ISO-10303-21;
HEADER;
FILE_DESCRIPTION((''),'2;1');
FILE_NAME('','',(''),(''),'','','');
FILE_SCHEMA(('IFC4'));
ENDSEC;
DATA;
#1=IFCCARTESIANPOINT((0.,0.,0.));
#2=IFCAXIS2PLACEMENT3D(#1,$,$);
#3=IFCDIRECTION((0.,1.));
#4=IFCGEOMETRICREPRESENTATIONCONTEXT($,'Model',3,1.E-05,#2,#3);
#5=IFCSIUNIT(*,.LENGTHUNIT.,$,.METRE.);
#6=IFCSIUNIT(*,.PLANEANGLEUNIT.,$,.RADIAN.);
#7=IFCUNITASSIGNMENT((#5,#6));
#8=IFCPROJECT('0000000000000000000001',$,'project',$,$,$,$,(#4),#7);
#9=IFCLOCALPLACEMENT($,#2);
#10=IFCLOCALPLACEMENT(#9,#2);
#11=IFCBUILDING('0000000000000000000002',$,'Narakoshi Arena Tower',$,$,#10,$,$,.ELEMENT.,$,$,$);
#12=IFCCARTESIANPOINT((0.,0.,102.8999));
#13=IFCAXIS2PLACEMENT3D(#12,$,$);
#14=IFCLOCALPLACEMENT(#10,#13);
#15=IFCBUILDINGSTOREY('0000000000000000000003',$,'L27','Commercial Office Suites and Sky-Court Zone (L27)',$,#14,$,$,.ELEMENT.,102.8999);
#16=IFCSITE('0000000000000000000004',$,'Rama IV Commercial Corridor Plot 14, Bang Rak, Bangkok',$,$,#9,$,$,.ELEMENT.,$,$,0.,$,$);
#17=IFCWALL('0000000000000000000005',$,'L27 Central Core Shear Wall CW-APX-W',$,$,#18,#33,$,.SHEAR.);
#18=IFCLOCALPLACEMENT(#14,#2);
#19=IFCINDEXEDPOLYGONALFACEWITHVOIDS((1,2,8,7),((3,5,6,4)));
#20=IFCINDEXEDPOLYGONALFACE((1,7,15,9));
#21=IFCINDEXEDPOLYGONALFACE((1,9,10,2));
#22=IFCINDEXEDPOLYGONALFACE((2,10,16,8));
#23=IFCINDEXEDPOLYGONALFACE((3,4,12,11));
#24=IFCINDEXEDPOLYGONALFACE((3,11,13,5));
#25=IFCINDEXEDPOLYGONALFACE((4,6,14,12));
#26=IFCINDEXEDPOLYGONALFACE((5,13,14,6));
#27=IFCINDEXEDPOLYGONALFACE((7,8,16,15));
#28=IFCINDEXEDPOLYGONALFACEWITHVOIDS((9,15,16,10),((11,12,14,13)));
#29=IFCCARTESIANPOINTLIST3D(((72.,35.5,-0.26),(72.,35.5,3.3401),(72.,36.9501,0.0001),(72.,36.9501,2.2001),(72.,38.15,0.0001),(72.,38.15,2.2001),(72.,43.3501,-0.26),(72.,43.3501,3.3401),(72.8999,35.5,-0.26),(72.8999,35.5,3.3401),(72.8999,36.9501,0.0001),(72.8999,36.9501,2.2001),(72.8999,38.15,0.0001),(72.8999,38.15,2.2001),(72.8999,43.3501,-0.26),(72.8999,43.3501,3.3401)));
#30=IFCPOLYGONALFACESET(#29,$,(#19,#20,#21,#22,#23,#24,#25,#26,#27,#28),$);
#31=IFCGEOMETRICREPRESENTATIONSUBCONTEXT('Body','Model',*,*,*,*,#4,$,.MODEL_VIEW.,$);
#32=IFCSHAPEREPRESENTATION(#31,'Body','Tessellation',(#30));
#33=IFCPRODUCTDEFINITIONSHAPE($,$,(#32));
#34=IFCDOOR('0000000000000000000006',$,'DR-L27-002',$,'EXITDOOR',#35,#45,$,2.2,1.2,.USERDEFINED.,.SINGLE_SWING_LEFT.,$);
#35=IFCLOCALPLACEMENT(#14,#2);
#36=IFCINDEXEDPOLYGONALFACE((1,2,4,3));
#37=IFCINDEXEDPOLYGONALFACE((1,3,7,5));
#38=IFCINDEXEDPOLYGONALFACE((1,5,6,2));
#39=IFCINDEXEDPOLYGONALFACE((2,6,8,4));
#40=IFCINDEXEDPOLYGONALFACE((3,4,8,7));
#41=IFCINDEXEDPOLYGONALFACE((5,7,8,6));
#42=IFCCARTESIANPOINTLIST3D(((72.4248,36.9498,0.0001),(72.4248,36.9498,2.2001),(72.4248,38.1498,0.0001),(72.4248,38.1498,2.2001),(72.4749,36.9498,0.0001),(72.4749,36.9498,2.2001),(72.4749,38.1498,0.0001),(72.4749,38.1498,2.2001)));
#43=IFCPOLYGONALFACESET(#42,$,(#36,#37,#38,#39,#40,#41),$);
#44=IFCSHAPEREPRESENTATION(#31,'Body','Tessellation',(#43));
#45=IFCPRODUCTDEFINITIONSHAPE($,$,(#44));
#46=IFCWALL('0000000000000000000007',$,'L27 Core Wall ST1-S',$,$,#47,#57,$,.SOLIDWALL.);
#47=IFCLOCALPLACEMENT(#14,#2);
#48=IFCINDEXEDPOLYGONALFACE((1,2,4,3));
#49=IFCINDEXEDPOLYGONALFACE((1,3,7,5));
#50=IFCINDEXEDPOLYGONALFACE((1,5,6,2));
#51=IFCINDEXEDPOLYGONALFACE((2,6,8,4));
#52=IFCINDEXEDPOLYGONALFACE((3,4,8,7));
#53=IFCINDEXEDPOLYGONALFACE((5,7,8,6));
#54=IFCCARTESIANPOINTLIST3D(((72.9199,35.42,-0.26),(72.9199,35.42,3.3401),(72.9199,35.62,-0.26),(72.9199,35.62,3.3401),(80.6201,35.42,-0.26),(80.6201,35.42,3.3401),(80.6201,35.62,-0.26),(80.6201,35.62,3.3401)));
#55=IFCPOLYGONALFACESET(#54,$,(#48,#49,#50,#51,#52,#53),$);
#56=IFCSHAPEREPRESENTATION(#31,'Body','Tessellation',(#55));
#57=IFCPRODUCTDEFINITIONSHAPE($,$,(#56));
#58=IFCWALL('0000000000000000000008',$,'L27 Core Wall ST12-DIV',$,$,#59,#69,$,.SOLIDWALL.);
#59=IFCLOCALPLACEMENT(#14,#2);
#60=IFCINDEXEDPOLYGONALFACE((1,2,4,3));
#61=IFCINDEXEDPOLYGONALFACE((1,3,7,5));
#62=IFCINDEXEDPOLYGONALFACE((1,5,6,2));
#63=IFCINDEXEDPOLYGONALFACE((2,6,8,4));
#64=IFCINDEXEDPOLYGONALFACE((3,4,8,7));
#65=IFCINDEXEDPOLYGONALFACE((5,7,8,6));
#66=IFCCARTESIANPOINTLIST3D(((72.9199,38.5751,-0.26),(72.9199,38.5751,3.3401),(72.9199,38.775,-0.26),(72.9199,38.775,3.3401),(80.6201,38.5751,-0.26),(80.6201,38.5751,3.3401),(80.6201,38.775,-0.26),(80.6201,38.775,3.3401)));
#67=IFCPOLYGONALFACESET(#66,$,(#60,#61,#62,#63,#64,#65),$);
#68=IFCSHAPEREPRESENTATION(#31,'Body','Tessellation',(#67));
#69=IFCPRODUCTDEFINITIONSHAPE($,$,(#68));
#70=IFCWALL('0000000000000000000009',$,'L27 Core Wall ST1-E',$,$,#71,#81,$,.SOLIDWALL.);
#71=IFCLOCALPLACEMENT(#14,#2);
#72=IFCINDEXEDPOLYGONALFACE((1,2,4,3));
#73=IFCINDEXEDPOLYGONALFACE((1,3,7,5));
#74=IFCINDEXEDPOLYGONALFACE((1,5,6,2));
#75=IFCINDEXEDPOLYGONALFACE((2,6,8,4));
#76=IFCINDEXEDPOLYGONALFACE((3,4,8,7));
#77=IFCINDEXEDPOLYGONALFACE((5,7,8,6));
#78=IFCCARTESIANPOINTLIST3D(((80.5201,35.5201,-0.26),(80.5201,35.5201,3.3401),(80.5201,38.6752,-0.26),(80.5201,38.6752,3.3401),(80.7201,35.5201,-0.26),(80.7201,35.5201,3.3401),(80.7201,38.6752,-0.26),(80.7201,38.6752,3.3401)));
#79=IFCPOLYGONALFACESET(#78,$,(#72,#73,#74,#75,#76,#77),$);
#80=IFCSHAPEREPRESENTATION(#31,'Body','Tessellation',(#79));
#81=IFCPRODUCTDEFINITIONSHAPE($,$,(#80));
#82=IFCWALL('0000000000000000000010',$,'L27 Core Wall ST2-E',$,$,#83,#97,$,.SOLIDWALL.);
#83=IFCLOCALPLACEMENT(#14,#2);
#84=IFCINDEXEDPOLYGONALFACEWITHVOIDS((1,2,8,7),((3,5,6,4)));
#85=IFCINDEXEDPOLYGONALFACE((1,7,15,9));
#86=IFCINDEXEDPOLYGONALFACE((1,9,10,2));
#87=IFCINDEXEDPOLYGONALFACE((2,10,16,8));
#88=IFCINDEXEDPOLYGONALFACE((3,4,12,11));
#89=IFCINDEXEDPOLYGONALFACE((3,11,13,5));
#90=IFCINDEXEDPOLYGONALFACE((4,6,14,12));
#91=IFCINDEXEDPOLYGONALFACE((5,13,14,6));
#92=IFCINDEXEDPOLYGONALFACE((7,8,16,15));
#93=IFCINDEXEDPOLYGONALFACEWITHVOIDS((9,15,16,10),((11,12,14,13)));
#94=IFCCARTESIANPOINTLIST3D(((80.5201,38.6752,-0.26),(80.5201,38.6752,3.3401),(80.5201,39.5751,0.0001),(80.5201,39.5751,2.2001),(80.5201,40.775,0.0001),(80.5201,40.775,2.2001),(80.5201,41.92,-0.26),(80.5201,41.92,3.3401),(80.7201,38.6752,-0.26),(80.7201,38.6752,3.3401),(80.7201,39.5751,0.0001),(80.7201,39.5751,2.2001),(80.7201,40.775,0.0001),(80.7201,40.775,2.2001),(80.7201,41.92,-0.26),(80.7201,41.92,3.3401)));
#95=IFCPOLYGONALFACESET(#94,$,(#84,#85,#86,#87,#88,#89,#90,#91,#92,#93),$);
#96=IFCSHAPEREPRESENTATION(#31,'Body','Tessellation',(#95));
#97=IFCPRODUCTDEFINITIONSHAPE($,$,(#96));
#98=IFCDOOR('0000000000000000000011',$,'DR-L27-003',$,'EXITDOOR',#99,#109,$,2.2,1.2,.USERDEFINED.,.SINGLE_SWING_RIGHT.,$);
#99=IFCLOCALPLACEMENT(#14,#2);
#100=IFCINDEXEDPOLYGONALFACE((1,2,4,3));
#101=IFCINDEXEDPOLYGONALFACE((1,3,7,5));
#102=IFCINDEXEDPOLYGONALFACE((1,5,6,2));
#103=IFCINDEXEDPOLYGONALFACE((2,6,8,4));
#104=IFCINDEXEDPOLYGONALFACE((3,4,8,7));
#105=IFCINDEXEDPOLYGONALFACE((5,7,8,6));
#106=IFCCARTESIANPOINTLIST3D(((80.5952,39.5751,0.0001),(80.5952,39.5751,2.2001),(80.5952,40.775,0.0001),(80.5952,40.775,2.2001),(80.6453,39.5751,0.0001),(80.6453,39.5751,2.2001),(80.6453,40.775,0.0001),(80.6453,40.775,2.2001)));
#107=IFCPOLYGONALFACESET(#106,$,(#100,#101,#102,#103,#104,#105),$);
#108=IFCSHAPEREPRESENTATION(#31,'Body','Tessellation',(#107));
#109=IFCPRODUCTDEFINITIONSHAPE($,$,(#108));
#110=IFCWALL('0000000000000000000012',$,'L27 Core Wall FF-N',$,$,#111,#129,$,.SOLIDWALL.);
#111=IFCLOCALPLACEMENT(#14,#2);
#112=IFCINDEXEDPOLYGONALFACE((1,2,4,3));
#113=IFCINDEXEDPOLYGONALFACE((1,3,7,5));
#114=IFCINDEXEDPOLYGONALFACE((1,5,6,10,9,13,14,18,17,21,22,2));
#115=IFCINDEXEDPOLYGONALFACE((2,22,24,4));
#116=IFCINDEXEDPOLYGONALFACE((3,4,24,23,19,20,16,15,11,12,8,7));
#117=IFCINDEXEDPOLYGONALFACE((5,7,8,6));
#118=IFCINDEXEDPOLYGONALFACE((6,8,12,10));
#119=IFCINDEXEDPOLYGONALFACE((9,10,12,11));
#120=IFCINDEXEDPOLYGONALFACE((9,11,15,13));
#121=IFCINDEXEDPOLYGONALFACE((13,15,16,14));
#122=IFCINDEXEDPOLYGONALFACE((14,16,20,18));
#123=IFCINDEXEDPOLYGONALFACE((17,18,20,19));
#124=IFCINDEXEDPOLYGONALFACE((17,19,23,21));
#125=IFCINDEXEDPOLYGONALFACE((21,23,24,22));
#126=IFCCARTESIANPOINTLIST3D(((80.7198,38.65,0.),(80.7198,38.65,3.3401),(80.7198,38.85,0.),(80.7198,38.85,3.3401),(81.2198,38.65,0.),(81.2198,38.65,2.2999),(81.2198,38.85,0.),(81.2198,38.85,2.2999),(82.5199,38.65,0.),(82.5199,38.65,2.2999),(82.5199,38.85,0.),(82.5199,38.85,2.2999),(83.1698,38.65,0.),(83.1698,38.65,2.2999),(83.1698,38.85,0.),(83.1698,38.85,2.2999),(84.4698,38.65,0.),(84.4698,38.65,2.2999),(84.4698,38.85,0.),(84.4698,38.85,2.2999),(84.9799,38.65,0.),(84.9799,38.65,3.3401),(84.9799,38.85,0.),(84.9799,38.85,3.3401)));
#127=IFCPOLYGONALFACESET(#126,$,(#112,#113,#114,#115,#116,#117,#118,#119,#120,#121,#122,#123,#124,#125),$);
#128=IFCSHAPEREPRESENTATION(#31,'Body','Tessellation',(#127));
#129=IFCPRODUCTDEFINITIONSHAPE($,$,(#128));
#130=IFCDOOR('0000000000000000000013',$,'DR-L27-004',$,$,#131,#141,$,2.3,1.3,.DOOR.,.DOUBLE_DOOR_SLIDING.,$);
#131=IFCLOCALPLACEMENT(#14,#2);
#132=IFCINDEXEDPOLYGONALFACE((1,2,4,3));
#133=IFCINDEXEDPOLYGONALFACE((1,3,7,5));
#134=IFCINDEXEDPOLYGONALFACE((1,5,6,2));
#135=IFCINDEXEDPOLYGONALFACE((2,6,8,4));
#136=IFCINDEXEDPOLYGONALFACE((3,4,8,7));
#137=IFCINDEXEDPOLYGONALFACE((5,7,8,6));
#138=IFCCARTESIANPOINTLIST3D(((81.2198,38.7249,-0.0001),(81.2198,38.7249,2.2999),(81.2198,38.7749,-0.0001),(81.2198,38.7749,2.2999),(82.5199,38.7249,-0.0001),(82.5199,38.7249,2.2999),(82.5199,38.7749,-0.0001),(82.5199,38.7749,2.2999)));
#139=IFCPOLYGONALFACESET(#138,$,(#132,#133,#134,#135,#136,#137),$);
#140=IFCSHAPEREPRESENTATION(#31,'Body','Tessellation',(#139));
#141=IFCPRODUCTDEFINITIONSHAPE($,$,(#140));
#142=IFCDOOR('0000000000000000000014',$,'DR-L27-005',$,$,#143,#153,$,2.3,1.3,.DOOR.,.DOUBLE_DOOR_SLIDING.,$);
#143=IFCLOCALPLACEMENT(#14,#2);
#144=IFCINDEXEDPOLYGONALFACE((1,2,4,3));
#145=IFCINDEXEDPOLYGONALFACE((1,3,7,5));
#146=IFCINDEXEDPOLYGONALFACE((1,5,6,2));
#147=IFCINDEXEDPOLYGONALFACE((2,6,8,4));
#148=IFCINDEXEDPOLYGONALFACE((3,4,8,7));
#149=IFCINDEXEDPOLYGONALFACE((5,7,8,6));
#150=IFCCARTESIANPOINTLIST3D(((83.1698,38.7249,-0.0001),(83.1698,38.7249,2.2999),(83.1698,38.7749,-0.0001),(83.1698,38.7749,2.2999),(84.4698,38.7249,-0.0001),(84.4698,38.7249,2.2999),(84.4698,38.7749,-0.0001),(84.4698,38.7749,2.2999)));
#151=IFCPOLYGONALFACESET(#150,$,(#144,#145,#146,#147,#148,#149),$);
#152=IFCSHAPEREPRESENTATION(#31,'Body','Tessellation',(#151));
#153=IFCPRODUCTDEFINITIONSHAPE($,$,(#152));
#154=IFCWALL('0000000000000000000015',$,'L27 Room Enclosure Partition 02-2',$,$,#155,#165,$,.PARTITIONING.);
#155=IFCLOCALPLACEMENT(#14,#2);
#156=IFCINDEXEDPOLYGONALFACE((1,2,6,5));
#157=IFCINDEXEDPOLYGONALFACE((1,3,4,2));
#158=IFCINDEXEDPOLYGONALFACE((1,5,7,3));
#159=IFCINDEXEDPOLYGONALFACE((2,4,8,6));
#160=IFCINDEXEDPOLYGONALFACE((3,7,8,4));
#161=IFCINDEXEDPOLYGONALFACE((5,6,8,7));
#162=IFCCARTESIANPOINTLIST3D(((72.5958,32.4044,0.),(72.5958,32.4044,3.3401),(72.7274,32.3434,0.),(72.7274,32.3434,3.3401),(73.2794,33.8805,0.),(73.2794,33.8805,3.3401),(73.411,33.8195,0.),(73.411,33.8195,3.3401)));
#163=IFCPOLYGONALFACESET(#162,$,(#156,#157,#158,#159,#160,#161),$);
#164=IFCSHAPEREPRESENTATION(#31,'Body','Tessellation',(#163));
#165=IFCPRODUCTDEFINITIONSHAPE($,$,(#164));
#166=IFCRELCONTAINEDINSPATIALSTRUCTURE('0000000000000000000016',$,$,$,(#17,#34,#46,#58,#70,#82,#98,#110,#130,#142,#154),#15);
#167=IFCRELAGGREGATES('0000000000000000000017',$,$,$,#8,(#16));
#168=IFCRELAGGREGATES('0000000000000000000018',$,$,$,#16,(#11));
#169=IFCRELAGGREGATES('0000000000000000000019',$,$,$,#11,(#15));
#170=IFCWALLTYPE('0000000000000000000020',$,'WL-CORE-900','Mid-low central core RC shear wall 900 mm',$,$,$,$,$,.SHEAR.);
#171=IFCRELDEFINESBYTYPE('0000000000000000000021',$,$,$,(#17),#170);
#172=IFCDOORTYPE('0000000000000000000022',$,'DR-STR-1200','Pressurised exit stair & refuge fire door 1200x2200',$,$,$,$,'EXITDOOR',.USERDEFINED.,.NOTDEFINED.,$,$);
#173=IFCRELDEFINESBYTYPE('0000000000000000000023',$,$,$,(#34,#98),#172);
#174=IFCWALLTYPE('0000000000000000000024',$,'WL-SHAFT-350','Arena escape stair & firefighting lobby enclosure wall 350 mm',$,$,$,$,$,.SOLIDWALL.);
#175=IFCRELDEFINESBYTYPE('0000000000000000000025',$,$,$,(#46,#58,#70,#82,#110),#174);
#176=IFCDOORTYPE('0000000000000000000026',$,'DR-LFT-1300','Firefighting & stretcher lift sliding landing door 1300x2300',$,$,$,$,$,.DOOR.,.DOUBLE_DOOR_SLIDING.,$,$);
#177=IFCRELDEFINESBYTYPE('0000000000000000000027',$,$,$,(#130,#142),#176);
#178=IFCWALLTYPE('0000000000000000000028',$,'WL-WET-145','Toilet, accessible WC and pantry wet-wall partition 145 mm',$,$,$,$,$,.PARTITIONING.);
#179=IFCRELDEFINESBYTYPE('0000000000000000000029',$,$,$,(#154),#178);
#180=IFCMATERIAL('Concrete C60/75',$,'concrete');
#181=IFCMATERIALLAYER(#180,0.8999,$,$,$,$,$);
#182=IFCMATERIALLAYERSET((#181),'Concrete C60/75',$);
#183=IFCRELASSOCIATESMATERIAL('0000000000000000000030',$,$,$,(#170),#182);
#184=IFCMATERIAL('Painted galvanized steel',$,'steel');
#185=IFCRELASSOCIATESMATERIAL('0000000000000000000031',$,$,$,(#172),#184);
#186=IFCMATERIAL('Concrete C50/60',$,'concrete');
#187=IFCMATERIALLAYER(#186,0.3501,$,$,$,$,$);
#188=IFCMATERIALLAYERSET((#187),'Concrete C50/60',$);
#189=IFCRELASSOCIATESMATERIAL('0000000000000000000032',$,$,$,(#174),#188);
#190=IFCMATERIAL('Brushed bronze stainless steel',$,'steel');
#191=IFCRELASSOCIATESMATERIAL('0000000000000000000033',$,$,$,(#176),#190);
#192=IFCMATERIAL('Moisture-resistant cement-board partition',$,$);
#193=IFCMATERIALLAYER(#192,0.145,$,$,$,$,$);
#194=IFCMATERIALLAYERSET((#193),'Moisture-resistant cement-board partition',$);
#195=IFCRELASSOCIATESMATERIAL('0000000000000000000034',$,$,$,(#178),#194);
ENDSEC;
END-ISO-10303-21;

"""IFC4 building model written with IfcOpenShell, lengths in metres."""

from ifc_helpers import new_model, si_unit, direction, frame, frame_2d, origin, place, context, subcontext, project, spatial, rectangle, extrude, material, layer, layer_set, type_object, element, fill, save


model = new_model("IFC4")

# Units and contexts
model_context = context("Model", 3, precision=1e-05, world=origin(), true_north=direction((0.0, 1.0)))
body_context = subcontext(model_context, "Body", "Model", "MODEL_VIEW")
ifc_project = project(units=[si_unit("LENGTHUNIT", "METRE"), si_unit("PLANEANGLEUNIT", "RADIAN")], contexts=[model_context])

# Site, building, storey
site_placement = place(None, origin())
site = spatial("IfcSite", under=ifc_project, at=site_placement, Name="Rama IV Commercial Corridor Plot 14, Bang Rak, Bangkok", CompositionType="ELEMENT", RefElevation=0.0)
building_placement = place(site_placement, origin())
building = spatial("IfcBuilding", under=site, at=building_placement, Name="Narakoshi Arena Tower", CompositionType="ELEMENT")
storey_placement = place(building_placement, frame((0.0, 0.0, 102.8999)))
storey = spatial("IfcBuildingStorey", under=building, at=storey_placement, Name="L27", Description="Commercial Office Suites and Sky-Court Zone (L27)", CompositionType="ELEMENT", Elevation=102.8999)

# Wall, opening, door
ifc_material_1 = material(Name="Concrete C60/75", Category="concrete")
ifc_layer_1 = layer(ifc_material_1, 0.8999)
ifc_layer_set_1 = layer_set([ifc_layer_1], Name="Concrete C60/75")
wall_type_1 = type_object("IfcWallType", Name="WL-CORE-900", Description="Mid-low central core RC shear wall 900 mm", PredefinedType="SHEAR", material=ifc_layer_set_1)
wall_1_placement = place(storey_placement, frame((72.45, 35.5, -0.26), z_axis=(0.0, 0.0, 1.0), x_axis=(0.0, 1.0, 0.0)))
wall_1 = element("IfcWall", 1, at=wall_1_placement, inside=storey, type_object=wall_type_1, Name="L27 Central Core Shear Wall CW-APX-W", PredefinedType="SHEAR", context=body_context, shape_type="SweptSolid", body=[
    extrude(rectangle(XDim=7.8501, YDim=0.8999, at=frame_2d((3.925, 0.0))), origin(), (0.0, 0.0, 1.0), 3.6001),
])
opening_1_placement = place(wall_1_placement, frame((1.45, 0.0, 0.26)))
opening_1 = element("IfcOpeningElement", 2, at=opening_1_placement, cuts=wall_1, PredefinedType="OPENING", context=body_context, shape_type="SweptSolid", body=[
    extrude(rectangle(XDim=1.2, YDim=2.2, at=frame_2d((0.6001, 1.1001))), frame((0.0, 0.46, 0.0), z_axis=(0.0, -1.0, 0.0), x_axis=(1.0, 0.0, 0.0)), (0.0, 0.0, 1.0), 0.9199),
])
ifc_material_2 = material(Name="Painted galvanized steel", Category="steel")
door_type_1 = type_object("IfcDoorType", Name="DR-STR-1200", Description="Pressurised exit stair & refuge fire door 1200x2200", ElementType="EXITDOOR", OperationType="NOTDEFINED", PredefinedType="USERDEFINED", material=ifc_material_2)
door_1_placement = place(opening_1_placement, frame((1.2, 0.0, 0.0), z_axis=(0.0, 0.0, 1.0), x_axis=(-1.0, 0.0, 0.0)))
door_1 = element("IfcDoor", 3, at=door_1_placement, inside=storey, type_object=door_type_1, Name="DR-L27-002", ObjectType="EXITDOOR", OperationType="SINGLE_SWING_LEFT", OverallHeight=2.2, OverallWidth=1.2, PredefinedType="USERDEFINED", context=body_context, shape_type="SweptSolid", body=[
    extrude(rectangle(XDim=1.2, YDim=2.2, at=frame_2d((0.6001, 1.1001))), frame((0.0, 0.0249, 0.0), z_axis=(0.0, -1.0, 0.0), x_axis=(1.0, 0.0, 0.0)), (0.0, 0.0, 1.0), 0.05),
])
fill(opening_1, door_1)

# Walls
ifc_material_3 = material(Name="Concrete C50/60", Category="concrete")
ifc_layer_2 = layer(ifc_material_3, 0.3501)
ifc_layer_set_2 = layer_set([ifc_layer_2], Name="Concrete C50/60")
wall_type_2 = type_object("IfcWallType", Name="WL-SHAFT-350", Description="Arena escape stair & firefighting lobby enclosure wall 350 mm", PredefinedType="SOLIDWALL", material=ifc_layer_set_2)
for number, where, z_axis, x_axis, name in (
    (4, (72.9199, 35.52, -0.26), (0.0, 0.0, 1.0), (1.0, 0.0, 0.0), "L27 Core Wall ST1-S"),
    (5, (72.9199, 38.675, -0.26), (0.0, 0.0, 1.0), (1.0, 0.0, 0.0), "L27 Core Wall ST12-DIV"),
):
    element("IfcWall", number, at=place(storey_placement, frame(where, z_axis=z_axis, x_axis=x_axis)), inside=storey, type_object=wall_type_2, Name=name, PredefinedType="SOLIDWALL", context=body_context, shape_type="SweptSolid", body=[
        extrude(rectangle(XDim=7.7002, YDim=0.2, at=frame_2d((3.8501, 0.0))), origin(), (0.0, 0.0, 1.0), 3.6001),
    ])
wall_2_placement = place(storey_placement, frame((80.6201, 35.52, -0.26), z_axis=(0.0, 0.0, 1.0), x_axis=(0.0, 1.0, 0.0)))
element("IfcWall", 6, at=wall_2_placement, inside=storey, type_object=wall_type_2, Name="L27 Core Wall ST1-E", PredefinedType="SOLIDWALL", context=body_context, shape_type="SweptSolid", body=[
    extrude(rectangle(XDim=3.155, YDim=0.2, at=frame_2d((1.5776, 0.0))), origin(), (0.0, 0.0, 1.0), 3.6001),
])

# Wall, opening, door
wall_3_placement = place(storey_placement, frame((80.6201, 38.675, -0.26), z_axis=(0.0, 0.0, 1.0), x_axis=(0.0, 1.0, 0.0)))
wall_3 = element("IfcWall", 7, at=wall_3_placement, inside=storey, type_object=wall_type_2, Name="L27 Core Wall ST2-E", PredefinedType="SOLIDWALL", context=body_context, shape_type="SweptSolid", body=[
    extrude(rectangle(XDim=3.2449, YDim=0.2, at=frame_2d((1.6226, 0.0))), origin(), (0.0, 0.0, 1.0), 3.6001),
])
opening_2_placement = place(wall_3_placement, frame((0.8999, 0.0, 0.26)))
opening_2 = element("IfcOpeningElement", 8, at=opening_2_placement, cuts=wall_3, PredefinedType="OPENING", context=body_context, shape_type="SweptSolid", body=[
    extrude(rectangle(XDim=1.2, YDim=2.2, at=frame_2d((0.6001, 1.1001))), frame((0.0, 0.1099, 0.0), z_axis=(0.0, -1.0, 0.0), x_axis=(1.0, 0.0, 0.0)), (0.0, 0.0, 1.0), 0.22),
])
door_2_placement = place(opening_2_placement, origin())
door_2 = element("IfcDoor", 9, at=door_2_placement, inside=storey, type_object=door_type_1, Name="DR-L27-003", ObjectType="EXITDOOR", OperationType="SINGLE_SWING_RIGHT", OverallHeight=2.2, OverallWidth=1.2, PredefinedType="USERDEFINED", context=body_context, shape_type="SweptSolid", body=[
    extrude(rectangle(XDim=1.2, YDim=2.2, at=frame_2d((0.6001, 1.1001))), frame((0.0, 0.0249, 0.0), z_axis=(0.0, -1.0, 0.0), x_axis=(1.0, 0.0, 0.0)), (0.0, 0.0, 1.0), 0.05),
])
fill(opening_2, door_2)

# Wall, openings, doors
wall_4_placement = place(storey_placement, frame((80.72, 38.75, 0.0), z_axis=(0.0, 0.0, 1.0), x_axis=(1.0, 0.0, 0.0)))
wall_4 = element("IfcWall", 10, at=wall_4_placement, inside=storey, type_object=wall_type_2, Name="L27 Core Wall FF-N", PredefinedType="SOLIDWALL", context=body_context, shape_type="SweptSolid", body=[
    extrude(rectangle(XDim=4.26, YDim=0.2, at=frame_2d((2.1299, 0.0))), origin(), (0.0, 0.0, 1.0), 3.3401),
])
opening_3_placement = place(wall_4_placement, frame((0.5, 0.0, 0.0)))
opening_3 = element("IfcOpeningElement", 11, at=opening_3_placement, cuts=wall_4, PredefinedType="OPENING", context=body_context, shape_type="SweptSolid", body=[
    extrude(rectangle(XDim=1.3, YDim=2.3, at=frame_2d((0.6499, 1.1499))), frame((0.0, 0.1099, 0.0), z_axis=(0.0, -1.0, 0.0), x_axis=(1.0, 0.0, 0.0)), (0.0, 0.0, 1.0), 0.22),
])
opening_4_placement = place(wall_4_placement, frame((2.45, 0.0, 0.0)))
opening_4 = element("IfcOpeningElement", 12, at=opening_4_placement, cuts=wall_4, PredefinedType="OPENING", context=body_context, shape_type="SweptSolid", body=[
    extrude(rectangle(XDim=1.3, YDim=2.3, at=frame_2d((0.6499, 1.1499))), frame((0.0, 0.1099, 0.0), z_axis=(0.0, -1.0, 0.0), x_axis=(1.0, 0.0, 0.0)), (0.0, 0.0, 1.0), 0.22),
])
ifc_material_4 = material(Name="Brushed bronze stainless steel", Category="steel")
door_type_2 = type_object("IfcDoorType", Name="DR-LFT-1300", Description="Firefighting & stretcher lift sliding landing door 1300x2300", OperationType="DOUBLE_DOOR_SLIDING", PredefinedType="DOOR", material=ifc_material_4)
door_3_placement = place(opening_3_placement, origin())
door_3 = element("IfcDoor", 13, at=door_3_placement, inside=storey, type_object=door_type_2, Name="DR-L27-004", OperationType="DOUBLE_DOOR_SLIDING", OverallHeight=2.3, OverallWidth=1.3, PredefinedType="DOOR", context=body_context, shape_type="SweptSolid", body=[
    extrude(rectangle(XDim=1.3, YDim=2.3, at=frame_2d((0.6499, 1.1499))), frame((0.0, 0.0249, 0.0), z_axis=(0.0, -1.0, 0.0), x_axis=(1.0, 0.0, 0.0)), (0.0, 0.0, 1.0), 0.05),
])
fill(opening_3, door_3)
door_4_placement = place(opening_4_placement, origin())
door_4 = element("IfcDoor", 14, at=door_4_placement, inside=storey, type_object=door_type_2, Name="DR-L27-005", OperationType="DOUBLE_DOOR_SLIDING", OverallHeight=2.3, OverallWidth=1.3, PredefinedType="DOOR", context=body_context, shape_type="SweptSolid", body=[
    extrude(rectangle(XDim=1.3, YDim=2.3, at=frame_2d((0.6499, 1.1499))), frame((0.0, 0.0249, 0.0), z_axis=(0.0, -1.0, 0.0), x_axis=(1.0, 0.0, 0.0)), (0.0, 0.0, 1.0), 0.05),
])
fill(opening_4, door_4)

# Wall
ifc_material_5 = material(Name="Moisture-resistant cement-board partition")
ifc_layer_3 = layer(ifc_material_5, 0.145)
ifc_layer_set_3 = layer_set([ifc_layer_3], Name="Moisture-resistant cement-board partition")
wall_type_3 = type_object("IfcWallType", Name="WL-WET-145", Description="Toilet, accessible WC and pantry wet-wall partition 145 mm", PredefinedType="PARTITIONING", material=ifc_layer_set_3)
wall_5_placement = place(storey_placement, frame((73.3452, 33.8501, 0.0), z_axis=(0.0, 0.0, 1.0), x_axis=(-0.420238, -0.907414, 0.0)))
element("IfcWall", 15, at=wall_5_placement, inside=storey, type_object=wall_type_3, Name="L27 Room Enclosure Partition 02-2", PredefinedType="PARTITIONING", context=body_context, shape_type="SweptSolid", body=[
    extrude(rectangle(XDim=1.6267, YDim=0.145, at=frame_2d((0.8135, 0.0))), origin(), (0.0, 0.0, 1.0), 3.3401),
])

save(model, "model.ifc")
